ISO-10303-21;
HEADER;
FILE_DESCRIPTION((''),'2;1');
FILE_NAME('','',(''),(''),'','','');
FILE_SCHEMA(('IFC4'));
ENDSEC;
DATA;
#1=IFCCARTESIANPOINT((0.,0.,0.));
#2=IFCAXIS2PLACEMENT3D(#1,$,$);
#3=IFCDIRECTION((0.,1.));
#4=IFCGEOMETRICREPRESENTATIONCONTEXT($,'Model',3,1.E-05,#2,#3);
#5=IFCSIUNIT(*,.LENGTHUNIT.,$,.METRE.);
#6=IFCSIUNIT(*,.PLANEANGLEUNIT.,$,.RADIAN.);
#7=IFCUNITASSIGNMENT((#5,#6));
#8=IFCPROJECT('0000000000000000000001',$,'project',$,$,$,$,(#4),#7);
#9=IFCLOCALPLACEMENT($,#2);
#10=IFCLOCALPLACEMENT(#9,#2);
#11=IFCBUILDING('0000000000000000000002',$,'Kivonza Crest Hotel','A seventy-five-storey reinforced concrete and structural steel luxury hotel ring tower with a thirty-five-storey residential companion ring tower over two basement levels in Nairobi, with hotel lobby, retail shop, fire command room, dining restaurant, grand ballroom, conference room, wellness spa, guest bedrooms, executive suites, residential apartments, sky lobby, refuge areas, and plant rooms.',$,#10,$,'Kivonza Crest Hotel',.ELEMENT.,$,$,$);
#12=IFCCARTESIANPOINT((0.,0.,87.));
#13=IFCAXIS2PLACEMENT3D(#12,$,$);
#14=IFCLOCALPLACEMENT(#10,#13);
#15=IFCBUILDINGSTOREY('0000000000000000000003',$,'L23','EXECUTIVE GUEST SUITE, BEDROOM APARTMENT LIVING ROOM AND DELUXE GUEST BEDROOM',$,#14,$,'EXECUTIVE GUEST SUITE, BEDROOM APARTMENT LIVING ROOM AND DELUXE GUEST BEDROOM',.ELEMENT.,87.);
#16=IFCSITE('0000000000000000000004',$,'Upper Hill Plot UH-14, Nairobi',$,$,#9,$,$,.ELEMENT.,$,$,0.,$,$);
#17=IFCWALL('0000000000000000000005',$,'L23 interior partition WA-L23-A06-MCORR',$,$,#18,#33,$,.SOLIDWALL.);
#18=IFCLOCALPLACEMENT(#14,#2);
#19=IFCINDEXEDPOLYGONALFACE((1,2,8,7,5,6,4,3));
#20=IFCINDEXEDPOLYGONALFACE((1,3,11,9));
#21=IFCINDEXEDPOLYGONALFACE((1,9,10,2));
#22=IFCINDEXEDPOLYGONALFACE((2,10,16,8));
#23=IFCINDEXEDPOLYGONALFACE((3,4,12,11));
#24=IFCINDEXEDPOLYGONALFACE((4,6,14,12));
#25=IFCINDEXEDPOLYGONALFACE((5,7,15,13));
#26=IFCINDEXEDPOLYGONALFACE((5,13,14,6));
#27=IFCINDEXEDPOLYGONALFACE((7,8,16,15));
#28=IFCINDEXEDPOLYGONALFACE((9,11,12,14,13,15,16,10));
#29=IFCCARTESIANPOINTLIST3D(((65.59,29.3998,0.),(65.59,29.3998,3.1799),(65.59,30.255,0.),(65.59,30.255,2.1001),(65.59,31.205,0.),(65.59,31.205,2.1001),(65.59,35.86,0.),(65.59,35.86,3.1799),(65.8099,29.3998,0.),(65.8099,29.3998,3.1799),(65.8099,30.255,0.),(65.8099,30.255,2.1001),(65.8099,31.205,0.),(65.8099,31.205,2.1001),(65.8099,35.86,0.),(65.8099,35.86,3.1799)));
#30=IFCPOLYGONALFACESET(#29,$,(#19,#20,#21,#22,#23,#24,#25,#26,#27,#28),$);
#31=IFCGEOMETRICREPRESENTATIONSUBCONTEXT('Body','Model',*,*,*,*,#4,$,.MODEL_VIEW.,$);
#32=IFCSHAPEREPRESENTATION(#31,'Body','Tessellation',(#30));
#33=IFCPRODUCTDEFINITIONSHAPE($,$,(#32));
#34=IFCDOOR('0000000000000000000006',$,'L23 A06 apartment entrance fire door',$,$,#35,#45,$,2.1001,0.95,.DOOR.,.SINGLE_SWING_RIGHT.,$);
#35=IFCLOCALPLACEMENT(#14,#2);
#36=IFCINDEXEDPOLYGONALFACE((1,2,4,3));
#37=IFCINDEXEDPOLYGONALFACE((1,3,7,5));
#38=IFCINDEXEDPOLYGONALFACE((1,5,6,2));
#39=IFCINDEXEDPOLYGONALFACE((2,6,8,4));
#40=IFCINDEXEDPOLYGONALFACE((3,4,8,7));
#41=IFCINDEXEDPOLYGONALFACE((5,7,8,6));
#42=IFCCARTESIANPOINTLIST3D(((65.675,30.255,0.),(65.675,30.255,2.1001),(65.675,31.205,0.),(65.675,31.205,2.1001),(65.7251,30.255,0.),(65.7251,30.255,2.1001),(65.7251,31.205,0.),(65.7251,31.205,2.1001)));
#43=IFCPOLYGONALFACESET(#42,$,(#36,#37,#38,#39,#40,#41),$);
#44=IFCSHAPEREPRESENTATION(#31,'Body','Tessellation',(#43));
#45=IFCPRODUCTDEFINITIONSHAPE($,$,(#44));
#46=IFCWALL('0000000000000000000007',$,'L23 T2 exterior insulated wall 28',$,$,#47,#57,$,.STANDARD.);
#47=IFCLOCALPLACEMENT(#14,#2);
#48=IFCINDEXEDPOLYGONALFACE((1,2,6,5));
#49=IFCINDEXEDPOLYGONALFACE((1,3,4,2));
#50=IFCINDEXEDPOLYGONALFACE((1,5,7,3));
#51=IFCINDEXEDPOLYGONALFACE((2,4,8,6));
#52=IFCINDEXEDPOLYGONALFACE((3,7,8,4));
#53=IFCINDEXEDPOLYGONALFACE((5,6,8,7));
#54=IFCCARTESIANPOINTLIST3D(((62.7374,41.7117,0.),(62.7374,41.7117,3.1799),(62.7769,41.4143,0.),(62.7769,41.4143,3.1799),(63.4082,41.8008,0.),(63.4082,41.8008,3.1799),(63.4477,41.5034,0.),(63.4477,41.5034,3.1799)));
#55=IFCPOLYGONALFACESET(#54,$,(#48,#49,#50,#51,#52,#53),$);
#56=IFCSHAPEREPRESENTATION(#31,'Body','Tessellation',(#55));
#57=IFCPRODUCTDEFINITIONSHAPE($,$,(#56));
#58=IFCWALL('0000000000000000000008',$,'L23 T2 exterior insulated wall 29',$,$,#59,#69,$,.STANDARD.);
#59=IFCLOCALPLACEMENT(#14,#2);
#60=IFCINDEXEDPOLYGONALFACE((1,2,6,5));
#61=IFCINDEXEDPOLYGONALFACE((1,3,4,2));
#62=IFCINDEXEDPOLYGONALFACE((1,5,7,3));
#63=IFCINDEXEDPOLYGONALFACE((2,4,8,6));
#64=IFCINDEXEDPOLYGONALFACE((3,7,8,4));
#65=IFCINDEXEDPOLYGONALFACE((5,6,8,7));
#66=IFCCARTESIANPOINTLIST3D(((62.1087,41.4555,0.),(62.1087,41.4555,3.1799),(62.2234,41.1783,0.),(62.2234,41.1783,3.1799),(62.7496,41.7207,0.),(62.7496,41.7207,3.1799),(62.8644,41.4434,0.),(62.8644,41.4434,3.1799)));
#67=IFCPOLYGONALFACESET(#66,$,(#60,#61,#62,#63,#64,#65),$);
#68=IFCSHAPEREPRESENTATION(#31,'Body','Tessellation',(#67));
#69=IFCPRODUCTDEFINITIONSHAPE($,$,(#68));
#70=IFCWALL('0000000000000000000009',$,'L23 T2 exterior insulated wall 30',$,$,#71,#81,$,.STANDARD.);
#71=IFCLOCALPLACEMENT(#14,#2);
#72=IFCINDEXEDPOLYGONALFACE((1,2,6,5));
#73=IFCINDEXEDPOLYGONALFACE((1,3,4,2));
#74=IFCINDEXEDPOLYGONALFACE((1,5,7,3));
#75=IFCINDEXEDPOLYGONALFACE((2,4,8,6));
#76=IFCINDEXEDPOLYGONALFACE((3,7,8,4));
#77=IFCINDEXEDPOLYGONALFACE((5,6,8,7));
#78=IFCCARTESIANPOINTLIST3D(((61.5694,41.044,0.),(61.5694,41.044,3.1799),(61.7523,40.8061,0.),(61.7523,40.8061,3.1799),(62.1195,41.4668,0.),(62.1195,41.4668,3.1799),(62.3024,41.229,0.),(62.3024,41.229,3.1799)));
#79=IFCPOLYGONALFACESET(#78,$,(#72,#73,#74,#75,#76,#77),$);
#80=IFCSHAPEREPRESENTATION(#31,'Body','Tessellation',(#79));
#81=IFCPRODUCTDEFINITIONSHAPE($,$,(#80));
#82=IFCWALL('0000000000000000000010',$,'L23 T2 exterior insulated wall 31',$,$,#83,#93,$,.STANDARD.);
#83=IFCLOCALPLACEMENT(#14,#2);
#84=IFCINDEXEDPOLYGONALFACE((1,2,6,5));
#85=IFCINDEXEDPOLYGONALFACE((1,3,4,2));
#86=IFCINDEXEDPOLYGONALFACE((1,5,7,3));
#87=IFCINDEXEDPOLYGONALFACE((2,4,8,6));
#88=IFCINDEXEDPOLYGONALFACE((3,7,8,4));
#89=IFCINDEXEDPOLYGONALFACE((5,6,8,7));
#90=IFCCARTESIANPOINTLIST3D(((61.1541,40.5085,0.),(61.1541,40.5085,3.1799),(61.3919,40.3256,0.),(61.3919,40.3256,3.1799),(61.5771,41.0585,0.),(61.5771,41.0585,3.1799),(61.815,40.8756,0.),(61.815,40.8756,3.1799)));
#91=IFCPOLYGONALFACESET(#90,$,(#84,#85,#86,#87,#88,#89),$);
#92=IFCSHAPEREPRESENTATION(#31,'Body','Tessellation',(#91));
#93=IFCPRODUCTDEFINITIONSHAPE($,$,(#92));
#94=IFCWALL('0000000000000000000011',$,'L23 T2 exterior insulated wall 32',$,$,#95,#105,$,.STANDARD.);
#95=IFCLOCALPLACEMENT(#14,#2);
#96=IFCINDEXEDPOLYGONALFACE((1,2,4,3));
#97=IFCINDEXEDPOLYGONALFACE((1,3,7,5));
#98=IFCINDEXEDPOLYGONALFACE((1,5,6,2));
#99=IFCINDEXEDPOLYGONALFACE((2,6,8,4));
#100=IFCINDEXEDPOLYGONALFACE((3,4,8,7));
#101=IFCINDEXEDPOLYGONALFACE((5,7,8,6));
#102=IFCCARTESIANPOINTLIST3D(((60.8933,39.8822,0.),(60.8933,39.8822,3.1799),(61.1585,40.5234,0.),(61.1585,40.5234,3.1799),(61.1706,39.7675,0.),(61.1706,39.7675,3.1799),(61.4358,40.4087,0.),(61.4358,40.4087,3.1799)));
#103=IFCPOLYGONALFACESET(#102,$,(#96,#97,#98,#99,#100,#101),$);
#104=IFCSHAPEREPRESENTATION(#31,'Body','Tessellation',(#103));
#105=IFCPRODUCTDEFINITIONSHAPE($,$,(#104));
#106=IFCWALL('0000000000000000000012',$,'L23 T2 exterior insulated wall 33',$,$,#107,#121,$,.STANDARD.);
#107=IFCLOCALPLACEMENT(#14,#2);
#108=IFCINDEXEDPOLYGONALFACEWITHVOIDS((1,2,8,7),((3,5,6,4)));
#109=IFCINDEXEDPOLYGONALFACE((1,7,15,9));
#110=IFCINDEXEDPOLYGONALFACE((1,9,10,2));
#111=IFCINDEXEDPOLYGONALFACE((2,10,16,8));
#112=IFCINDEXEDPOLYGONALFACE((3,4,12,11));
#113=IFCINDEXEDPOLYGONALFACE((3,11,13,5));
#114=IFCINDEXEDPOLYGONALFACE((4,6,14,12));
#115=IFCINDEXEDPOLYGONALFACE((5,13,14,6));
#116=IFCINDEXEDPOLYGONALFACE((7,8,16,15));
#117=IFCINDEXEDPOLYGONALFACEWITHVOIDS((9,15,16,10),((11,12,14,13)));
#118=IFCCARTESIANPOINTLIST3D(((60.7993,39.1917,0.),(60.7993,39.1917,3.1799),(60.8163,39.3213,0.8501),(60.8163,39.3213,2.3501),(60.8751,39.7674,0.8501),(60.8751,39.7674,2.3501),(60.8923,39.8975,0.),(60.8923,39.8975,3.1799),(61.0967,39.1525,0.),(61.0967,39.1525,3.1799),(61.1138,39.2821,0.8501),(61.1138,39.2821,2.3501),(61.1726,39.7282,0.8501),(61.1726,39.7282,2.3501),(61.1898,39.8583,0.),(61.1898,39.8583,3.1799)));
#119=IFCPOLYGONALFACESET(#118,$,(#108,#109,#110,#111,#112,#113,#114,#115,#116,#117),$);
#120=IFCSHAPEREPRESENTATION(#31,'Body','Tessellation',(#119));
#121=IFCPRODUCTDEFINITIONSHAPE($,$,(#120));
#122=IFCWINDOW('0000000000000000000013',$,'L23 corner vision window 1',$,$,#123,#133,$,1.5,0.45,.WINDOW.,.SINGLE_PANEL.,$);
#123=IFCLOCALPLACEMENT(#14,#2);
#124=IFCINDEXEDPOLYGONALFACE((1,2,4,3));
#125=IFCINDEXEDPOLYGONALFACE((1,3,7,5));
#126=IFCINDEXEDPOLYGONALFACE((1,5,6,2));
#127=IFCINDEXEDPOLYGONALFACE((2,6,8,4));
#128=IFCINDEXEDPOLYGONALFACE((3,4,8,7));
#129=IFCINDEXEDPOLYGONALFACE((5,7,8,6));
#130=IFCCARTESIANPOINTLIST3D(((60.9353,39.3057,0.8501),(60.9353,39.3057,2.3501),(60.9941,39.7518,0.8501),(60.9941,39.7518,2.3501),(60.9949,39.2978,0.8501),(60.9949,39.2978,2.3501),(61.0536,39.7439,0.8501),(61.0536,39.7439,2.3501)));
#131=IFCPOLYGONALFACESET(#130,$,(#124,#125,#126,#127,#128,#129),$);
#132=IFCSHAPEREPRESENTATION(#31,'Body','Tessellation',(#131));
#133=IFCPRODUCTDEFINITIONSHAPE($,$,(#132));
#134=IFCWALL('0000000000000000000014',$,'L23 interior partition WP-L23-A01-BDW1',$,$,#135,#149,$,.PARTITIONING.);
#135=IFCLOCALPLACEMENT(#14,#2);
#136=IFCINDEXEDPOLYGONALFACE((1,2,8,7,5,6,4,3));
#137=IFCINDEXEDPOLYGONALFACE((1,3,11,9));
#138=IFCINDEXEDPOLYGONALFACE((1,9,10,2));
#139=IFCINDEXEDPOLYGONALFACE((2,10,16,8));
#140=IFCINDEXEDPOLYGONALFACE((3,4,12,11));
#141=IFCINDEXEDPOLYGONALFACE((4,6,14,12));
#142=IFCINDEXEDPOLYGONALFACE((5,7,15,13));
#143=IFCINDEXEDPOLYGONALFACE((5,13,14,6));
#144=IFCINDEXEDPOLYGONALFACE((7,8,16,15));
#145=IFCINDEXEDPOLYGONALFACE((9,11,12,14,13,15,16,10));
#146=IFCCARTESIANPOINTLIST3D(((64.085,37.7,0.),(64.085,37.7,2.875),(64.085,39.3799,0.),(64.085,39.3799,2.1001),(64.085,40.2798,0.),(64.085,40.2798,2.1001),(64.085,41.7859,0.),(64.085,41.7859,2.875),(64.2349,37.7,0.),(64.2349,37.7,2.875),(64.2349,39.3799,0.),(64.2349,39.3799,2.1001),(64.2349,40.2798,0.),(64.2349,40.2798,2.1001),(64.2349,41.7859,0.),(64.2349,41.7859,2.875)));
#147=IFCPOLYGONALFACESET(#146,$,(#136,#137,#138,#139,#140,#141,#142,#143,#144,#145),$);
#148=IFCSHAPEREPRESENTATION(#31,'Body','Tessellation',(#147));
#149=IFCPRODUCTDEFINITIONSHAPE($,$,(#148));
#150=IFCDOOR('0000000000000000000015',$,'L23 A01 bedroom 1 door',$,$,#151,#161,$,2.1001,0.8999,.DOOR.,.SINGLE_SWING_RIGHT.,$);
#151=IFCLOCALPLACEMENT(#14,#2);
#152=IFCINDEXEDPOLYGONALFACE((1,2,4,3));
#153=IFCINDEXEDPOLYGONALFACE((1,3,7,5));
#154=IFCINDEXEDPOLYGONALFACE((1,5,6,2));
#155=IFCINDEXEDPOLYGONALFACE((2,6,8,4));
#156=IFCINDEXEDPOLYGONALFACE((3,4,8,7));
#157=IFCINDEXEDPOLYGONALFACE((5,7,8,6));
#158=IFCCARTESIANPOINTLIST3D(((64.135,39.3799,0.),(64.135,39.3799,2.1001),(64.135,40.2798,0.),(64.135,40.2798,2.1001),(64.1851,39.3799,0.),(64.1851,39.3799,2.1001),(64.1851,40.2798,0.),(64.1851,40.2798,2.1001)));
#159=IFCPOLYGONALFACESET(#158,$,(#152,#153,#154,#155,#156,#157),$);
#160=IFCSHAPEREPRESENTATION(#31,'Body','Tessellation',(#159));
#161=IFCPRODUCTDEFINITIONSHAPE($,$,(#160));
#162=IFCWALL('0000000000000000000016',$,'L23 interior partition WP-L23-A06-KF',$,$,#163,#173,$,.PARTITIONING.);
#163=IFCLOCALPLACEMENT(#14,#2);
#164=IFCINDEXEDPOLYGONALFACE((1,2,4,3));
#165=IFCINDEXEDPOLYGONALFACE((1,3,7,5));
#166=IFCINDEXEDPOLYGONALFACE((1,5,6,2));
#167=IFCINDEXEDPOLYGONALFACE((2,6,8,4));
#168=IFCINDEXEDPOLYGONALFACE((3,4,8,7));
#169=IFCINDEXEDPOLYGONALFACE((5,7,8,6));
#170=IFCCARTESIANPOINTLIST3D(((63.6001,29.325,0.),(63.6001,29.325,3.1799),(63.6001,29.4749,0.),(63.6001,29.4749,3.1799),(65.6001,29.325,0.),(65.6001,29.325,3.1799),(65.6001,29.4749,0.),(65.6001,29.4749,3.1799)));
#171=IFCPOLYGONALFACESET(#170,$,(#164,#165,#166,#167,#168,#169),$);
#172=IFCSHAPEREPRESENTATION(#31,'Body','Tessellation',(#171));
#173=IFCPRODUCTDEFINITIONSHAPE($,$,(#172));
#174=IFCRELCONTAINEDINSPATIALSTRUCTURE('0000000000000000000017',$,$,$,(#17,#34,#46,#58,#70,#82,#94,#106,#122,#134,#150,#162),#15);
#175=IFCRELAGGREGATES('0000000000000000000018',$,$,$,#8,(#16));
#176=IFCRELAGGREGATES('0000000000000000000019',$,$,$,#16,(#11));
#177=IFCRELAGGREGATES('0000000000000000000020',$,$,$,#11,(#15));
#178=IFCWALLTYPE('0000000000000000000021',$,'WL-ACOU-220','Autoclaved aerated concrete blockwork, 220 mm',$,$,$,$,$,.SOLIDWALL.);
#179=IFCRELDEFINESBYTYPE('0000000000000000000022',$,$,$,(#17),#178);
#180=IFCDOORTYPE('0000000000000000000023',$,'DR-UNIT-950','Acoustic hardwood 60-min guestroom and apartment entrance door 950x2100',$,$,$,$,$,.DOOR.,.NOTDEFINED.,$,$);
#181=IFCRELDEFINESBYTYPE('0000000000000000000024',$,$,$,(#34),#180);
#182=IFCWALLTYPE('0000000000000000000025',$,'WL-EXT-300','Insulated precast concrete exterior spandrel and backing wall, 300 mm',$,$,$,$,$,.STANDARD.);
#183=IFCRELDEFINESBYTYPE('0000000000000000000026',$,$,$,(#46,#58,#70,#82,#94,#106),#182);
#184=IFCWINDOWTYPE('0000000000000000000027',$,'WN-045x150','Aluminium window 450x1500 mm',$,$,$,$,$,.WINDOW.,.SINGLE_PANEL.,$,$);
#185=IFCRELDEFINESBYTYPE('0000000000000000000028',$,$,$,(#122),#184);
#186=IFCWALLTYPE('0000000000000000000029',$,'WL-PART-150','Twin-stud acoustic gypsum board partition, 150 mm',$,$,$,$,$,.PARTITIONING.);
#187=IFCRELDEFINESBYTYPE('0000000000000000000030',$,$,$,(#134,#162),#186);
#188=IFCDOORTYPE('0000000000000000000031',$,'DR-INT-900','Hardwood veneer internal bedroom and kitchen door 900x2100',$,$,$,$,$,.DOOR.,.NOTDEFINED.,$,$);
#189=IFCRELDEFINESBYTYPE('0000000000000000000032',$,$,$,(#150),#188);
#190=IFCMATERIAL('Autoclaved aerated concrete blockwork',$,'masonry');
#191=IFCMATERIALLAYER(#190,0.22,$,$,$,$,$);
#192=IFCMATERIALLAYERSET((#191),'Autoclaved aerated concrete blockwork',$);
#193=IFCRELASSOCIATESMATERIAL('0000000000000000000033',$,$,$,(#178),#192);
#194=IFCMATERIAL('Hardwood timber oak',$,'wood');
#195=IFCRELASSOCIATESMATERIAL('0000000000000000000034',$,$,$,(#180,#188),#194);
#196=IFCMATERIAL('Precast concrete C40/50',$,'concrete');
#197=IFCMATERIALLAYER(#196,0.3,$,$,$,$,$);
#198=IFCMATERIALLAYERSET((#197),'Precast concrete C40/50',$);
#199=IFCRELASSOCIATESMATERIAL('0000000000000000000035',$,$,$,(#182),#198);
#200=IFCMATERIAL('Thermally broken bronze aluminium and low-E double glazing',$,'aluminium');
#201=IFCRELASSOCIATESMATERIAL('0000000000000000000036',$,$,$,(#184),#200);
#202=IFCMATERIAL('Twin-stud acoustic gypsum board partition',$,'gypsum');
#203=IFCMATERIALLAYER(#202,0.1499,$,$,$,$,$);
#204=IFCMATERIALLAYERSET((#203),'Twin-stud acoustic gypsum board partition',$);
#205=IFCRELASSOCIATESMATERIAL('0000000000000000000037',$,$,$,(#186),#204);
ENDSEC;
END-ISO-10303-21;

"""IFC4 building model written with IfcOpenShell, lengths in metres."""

from ifc_helpers import new_model, si_unit, direction, frame, frame_2d, origin, place, context, subcontext, project, spatial, rectangle, extrude, material, layer, layer_set, type_object, element, fill, save


model = new_model("IFC4")

# Units and contexts
model_context = context("Model", 3, precision=1e-05, world=origin(), true_north=direction((0.0, 1.0)))
body_context = subcontext(model_context, "Body", "Model", "MODEL_VIEW")
ifc_project = project(units=[si_unit("LENGTHUNIT", "METRE"), si_unit("PLANEANGLEUNIT", "RADIAN")], contexts=[model_context])

# Site, building, storey
site_placement = place(None, origin())
site = spatial("IfcSite", under=ifc_project, at=site_placement, Name="Upper Hill Plot UH-14, Nairobi", CompositionType="ELEMENT", RefElevation=0.0)
building_placement = place(site_placement, origin())
building = spatial("IfcBuilding", under=site, at=building_placement, Name="Kivonza Crest Hotel", Description="A seventy-five-storey reinforced concrete and structural steel luxury hotel ring tower with a thirty-five-storey residential companion ring tower over two basement levels in Nairobi, with hotel lobby, retail shop, fire command room, dining restaurant, grand ballroom, conference room, wellness spa, guest bedrooms, executive suites, residential apartments, sky lobby, refuge areas, and plant rooms.", LongName="Kivonza Crest Hotel", CompositionType="ELEMENT")
storey_placement = place(building_placement, frame((0.0, 0.0, 87.0)))
storey = spatial("IfcBuildingStorey", under=building, at=storey_placement, Name="L23", Description="EXECUTIVE GUEST SUITE, BEDROOM APARTMENT LIVING ROOM AND DELUXE GUEST BEDROOM", LongName="EXECUTIVE GUEST SUITE, BEDROOM APARTMENT LIVING ROOM AND DELUXE GUEST BEDROOM", CompositionType="ELEMENT", Elevation=87.0)

# Shared definitions
ifc_material_1 = material(Name="Autoclaved aerated concrete blockwork", Category="masonry")
ifc_layer_1 = layer(ifc_material_1, 0.22)
ifc_layer_set_1 = layer_set([ifc_layer_1], Name="Autoclaved aerated concrete blockwork")
wall_type_1 = type_object("IfcWallType", Name="WL-ACOU-220", Description="Autoclaved aerated concrete blockwork, 220 mm", PredefinedType="SOLIDWALL", material=ifc_layer_set_1)
ifc_material_2 = material(Name="Hardwood timber oak", Category="wood")
door_type_1 = type_object("IfcDoorType", Name="DR-UNIT-950", Description="Acoustic hardwood 60-min guestroom and apartment entrance door 950x2100", OperationType="NOTDEFINED", PredefinedType="DOOR", material=ifc_material_2)

# Wall, opening, door
wall_1_placement = place(storey_placement, frame((65.7, 29.3999, 0.0), z_axis=(0.0, 0.0, 1.0), x_axis=(0.0, 1.0, 0.0)))
wall_1 = element("IfcWall", 1, at=wall_1_placement, inside=storey, type_object=wall_type_1, Name="L23 interior partition WA-L23-A06-MCORR", PredefinedType="SOLIDWALL", context=body_context, shape_type="SweptSolid", body=[
    extrude(rectangle(XDim=6.4602, YDim=0.22, at=frame_2d((3.23, 0.0))), origin(), (0.0, 0.0, 1.0), 3.1799),
])
opening_1_placement = place(wall_1_placement, frame((0.855, 0.0, 0.0)))
opening_1 = element("IfcOpeningElement", 2, at=opening_1_placement, cuts=wall_1, PredefinedType="OPENING", context=body_context, shape_type="SweptSolid", body=[
    extrude(rectangle(XDim=0.95, YDim=2.1001, at=frame_2d((0.4751, 1.05))), frame((0.0, 0.1201, 0.0), z_axis=(0.0, -1.0, 0.0), x_axis=(1.0, 0.0, 0.0)), (0.0, 0.0, 1.0), 0.24),
])
door_1_placement = place(opening_1_placement, origin())
door_1 = element("IfcDoor", 3, at=door_1_placement, inside=storey, type_object=door_type_1, Name="L23 A06 apartment entrance fire door", OperationType="SINGLE_SWING_RIGHT", OverallHeight=2.1001, OverallWidth=0.95, PredefinedType="DOOR", context=body_context, shape_type="SweptSolid", body=[
    extrude(rectangle(XDim=0.95, YDim=2.1001, at=frame_2d((0.4751, 1.05))), frame((0.0, 0.0249, 0.0), z_axis=(0.0, -1.0, 0.0), x_axis=(1.0, 0.0, 0.0)), (0.0, 0.0, 1.0), 0.05),
])
fill(opening_1, door_1)

# Walls
ifc_material_3 = material(Name="Precast concrete C40/50", Category="concrete")
ifc_layer_2 = layer(ifc_material_3, 0.3)
ifc_layer_set_2 = layer_set([ifc_layer_2], Name="Precast concrete C40/50")
wall_type_2 = type_object("IfcWallType", Name="WL-EXT-300", Description="Insulated precast concrete exterior spandrel and backing wall, 300 mm", PredefinedType="STANDARD", material=ifc_layer_set_2)
wall_2_placement = place(storey_placement, frame((63.428, 41.6521, 0.0), z_axis=(0.0, 0.0, 1.0), x_axis=(-0.991294, -0.131667, 0.0)))
element("IfcWall", 4, at=wall_2_placement, inside=storey, type_object=wall_type_2, Name="L23 T2 exterior insulated wall 28", PredefinedType="STANDARD", context=body_context, shape_type="SweptSolid", body=[
    extrude(rectangle(XDim=0.6768, YDim=0.3, at=frame_2d((0.3384, 0.0))), origin(), (0.0, 0.0, 1.0), 3.1799),
])
wall_3_placement = place(storey_placement, frame((62.8069, 41.582, 0.0), z_axis=(0.0, 0.0, 1.0), x_axis=(-0.924043, -0.38229, 0.0)))
element("IfcWall", 5, at=wall_3_placement, inside=storey, type_object=wall_type_2, Name="L23 T2 exterior insulated wall 29", PredefinedType="STANDARD", context=body_context, shape_type="SweptSolid", body=[
    extrude(rectangle(XDim=0.6936, YDim=0.3, at=frame_2d((0.3467, 0.0))), origin(), (0.0, 0.0, 1.0), 3.1799),
])
for number, where, z_axis, x_axis, name in (
    (6, (62.2109, 41.3479, 0.0), (0.0, 0.0, 1.0), (-0.792807, -0.609473, 0.0), "L23 T2 exterior insulated wall 30"),
    (7, (61.696, 40.967, 0.0), (0.0, 0.0, 1.0), (-0.609694, -0.792637, 0.0), "L23 T2 exterior insulated wall 31"),
    (8, (61.2971, 40.4661, 0.0), (0.0, 0.0, 1.0), (-0.382165, -0.924094, 0.0), "L23 T2 exterior insulated wall 32"),
):
    element("IfcWall", number, at=place(storey_placement, frame(where, z_axis=z_axis, x_axis=x_axis)), inside=storey, type_object=wall_type_2, Name=name, PredefinedType="STANDARD", context=body_context, shape_type="SweptSolid", body=[
        extrude(rectangle(XDim=0.6938, YDim=0.3, at=frame_2d((0.3469, 0.0))), origin(), (0.0, 0.0, 1.0), 3.1799),
    ])

# Wall, opening, window
wall_4_placement = place(storey_placement, frame((61.041, 39.8779, 0.0), z_axis=(0.0, 0.0, 1.0), x_axis=(-0.130659, -0.991427, 0.0)))
wall_4 = element("IfcWall", 9, at=wall_4_placement, inside=storey, type_object=wall_type_2, Name="L23 T2 exterior insulated wall 33", PredefinedType="STANDARD", context=body_context, shape_type="SweptSolid", body=[
    extrude(rectangle(XDim=0.7119, YDim=0.3, at=frame_2d((0.356, 0.0))), origin(), (0.0, 0.0, 1.0), 3.1799),
])
opening_2_placement = place(wall_4_placement, frame((0.1311, 0.0, 0.8501)))
opening_2 = element("IfcOpeningElement", 10, at=opening_2_placement, cuts=wall_4, PredefinedType="OPENING", context=body_context, shape_type="SweptSolid", body=[
    extrude(rectangle(XDim=0.45, YDim=1.5, at=frame_2d((0.2251, 0.75))), frame((0.0, 0.1602, 0.0), z_axis=(0.0, -1.0, 0.0), x_axis=(1.0, 0.0, 0.0)), (0.0, 0.0, 1.0), 0.3201),
])
ifc_material_4 = material(Name="Thermally broken bronze aluminium and low-E double glazing", Category="aluminium")
window_type = type_object("IfcWindowType", Name="WN-045x150", Description="Aluminium window 450x1500 mm", PartitioningType="SINGLE_PANEL", PredefinedType="WINDOW", material=ifc_material_4)
window_placement = place(opening_2_placement, origin())
window = element("IfcWindow", 11, at=window_placement, inside=storey, type_object=window_type, Name="L23 corner vision window 1", OverallHeight=1.5, OverallWidth=0.45, PartitioningType="SINGLE_PANEL", PredefinedType="WINDOW", context=body_context, shape_type="SweptSolid", body=[
    extrude(rectangle(XDim=0.45, YDim=1.5, at=frame_2d((0.2251, 0.75))), frame((0.0, 0.03, 0.0), z_axis=(0.0, -1.0, 0.0), x_axis=(1.0, 0.0, 0.0)), (0.0, 0.0, 1.0), 0.0601),
])
fill(opening_2, window)

# Wall, opening, door
ifc_material_5 = material(Name="Twin-stud acoustic gypsum board partition", Category="gypsum")
ifc_layer_3 = layer(ifc_material_5, 0.1499)
ifc_layer_set_3 = layer_set([ifc_layer_3], Name="Twin-stud acoustic gypsum board partition")
wall_type_3 = type_object("IfcWallType", Name="WL-PART-150", Description="Twin-stud acoustic gypsum board partition, 150 mm", PredefinedType="PARTITIONING", material=ifc_layer_set_3)
wall_5_placement = place(storey_placement, frame((64.1599, 37.7, 0.0), z_axis=(0.0, 0.0, 1.0), x_axis=(0.0, 1.0, 0.0)))
wall_5 = element("IfcWall", 12, at=wall_5_placement, inside=storey, type_object=wall_type_3, Name="L23 interior partition WP-L23-A01-BDW1", PredefinedType="PARTITIONING", context=body_context, shape_type="SweptSolid", body=[
    extrude(rectangle(XDim=4.0859, YDim=0.1499, at=frame_2d((2.043, 0.0))), origin(), (0.0, 0.0, 1.0), 2.875),
])
opening_3_placement = place(wall_5_placement, frame((1.6799, 0.0, 0.0)))
opening_3 = element("IfcOpeningElement", 13, at=opening_3_placement, cuts=wall_5, PredefinedType="OPENING", context=body_context, shape_type="SweptSolid", body=[
    extrude(rectangle(XDim=0.8999, YDim=2.1001, at=frame_2d((0.45, 1.05))), frame((0.0, 0.085, 0.0), z_axis=(0.0, -1.0, 0.0), x_axis=(1.0, 0.0, 0.0)), (0.0, 0.0, 1.0), 0.1699),
])
door_type_2 = type_object("IfcDoorType", Name="DR-INT-900", Description="Hardwood veneer internal bedroom and kitchen door 900x2100", OperationType="NOTDEFINED", PredefinedType="DOOR", material=ifc_material_2)
door_2_placement = place(opening_3_placement, origin())
door_2 = element("IfcDoor", 14, at=door_2_placement, inside=storey, type_object=door_type_2, Name="L23 A01 bedroom 1 door", OperationType="SINGLE_SWING_RIGHT", OverallHeight=2.1001, OverallWidth=0.8999, PredefinedType="DOOR", context=body_context, shape_type="SweptSolid", body=[
    extrude(rectangle(XDim=0.8999, YDim=2.1001, at=frame_2d((0.45, 1.05))), frame((0.0, 0.0249, 0.0), z_axis=(0.0, -1.0, 0.0), x_axis=(1.0, 0.0, 0.0)), (0.0, 0.0, 1.0), 0.05),
])
fill(opening_3, door_2)

# Wall
wall_6_placement = place(storey_placement, frame((63.6001, 29.3999, 0.0), z_axis=(0.0, 0.0, 1.0), x_axis=(1.0, 0.0, 0.0)))
element("IfcWall", 15, at=wall_6_placement, inside=storey, type_object=wall_type_3, Name="L23 interior partition WP-L23-A06-KF", PredefinedType="PARTITIONING", context=body_context, shape_type="SweptSolid", body=[
    extrude(rectangle(XDim=2.0, YDim=0.1499, at=frame_2d((1.0, 0.0))), origin(), (0.0, 0.0, 1.0), 3.1799),
])

save(model, "model.ifc")
